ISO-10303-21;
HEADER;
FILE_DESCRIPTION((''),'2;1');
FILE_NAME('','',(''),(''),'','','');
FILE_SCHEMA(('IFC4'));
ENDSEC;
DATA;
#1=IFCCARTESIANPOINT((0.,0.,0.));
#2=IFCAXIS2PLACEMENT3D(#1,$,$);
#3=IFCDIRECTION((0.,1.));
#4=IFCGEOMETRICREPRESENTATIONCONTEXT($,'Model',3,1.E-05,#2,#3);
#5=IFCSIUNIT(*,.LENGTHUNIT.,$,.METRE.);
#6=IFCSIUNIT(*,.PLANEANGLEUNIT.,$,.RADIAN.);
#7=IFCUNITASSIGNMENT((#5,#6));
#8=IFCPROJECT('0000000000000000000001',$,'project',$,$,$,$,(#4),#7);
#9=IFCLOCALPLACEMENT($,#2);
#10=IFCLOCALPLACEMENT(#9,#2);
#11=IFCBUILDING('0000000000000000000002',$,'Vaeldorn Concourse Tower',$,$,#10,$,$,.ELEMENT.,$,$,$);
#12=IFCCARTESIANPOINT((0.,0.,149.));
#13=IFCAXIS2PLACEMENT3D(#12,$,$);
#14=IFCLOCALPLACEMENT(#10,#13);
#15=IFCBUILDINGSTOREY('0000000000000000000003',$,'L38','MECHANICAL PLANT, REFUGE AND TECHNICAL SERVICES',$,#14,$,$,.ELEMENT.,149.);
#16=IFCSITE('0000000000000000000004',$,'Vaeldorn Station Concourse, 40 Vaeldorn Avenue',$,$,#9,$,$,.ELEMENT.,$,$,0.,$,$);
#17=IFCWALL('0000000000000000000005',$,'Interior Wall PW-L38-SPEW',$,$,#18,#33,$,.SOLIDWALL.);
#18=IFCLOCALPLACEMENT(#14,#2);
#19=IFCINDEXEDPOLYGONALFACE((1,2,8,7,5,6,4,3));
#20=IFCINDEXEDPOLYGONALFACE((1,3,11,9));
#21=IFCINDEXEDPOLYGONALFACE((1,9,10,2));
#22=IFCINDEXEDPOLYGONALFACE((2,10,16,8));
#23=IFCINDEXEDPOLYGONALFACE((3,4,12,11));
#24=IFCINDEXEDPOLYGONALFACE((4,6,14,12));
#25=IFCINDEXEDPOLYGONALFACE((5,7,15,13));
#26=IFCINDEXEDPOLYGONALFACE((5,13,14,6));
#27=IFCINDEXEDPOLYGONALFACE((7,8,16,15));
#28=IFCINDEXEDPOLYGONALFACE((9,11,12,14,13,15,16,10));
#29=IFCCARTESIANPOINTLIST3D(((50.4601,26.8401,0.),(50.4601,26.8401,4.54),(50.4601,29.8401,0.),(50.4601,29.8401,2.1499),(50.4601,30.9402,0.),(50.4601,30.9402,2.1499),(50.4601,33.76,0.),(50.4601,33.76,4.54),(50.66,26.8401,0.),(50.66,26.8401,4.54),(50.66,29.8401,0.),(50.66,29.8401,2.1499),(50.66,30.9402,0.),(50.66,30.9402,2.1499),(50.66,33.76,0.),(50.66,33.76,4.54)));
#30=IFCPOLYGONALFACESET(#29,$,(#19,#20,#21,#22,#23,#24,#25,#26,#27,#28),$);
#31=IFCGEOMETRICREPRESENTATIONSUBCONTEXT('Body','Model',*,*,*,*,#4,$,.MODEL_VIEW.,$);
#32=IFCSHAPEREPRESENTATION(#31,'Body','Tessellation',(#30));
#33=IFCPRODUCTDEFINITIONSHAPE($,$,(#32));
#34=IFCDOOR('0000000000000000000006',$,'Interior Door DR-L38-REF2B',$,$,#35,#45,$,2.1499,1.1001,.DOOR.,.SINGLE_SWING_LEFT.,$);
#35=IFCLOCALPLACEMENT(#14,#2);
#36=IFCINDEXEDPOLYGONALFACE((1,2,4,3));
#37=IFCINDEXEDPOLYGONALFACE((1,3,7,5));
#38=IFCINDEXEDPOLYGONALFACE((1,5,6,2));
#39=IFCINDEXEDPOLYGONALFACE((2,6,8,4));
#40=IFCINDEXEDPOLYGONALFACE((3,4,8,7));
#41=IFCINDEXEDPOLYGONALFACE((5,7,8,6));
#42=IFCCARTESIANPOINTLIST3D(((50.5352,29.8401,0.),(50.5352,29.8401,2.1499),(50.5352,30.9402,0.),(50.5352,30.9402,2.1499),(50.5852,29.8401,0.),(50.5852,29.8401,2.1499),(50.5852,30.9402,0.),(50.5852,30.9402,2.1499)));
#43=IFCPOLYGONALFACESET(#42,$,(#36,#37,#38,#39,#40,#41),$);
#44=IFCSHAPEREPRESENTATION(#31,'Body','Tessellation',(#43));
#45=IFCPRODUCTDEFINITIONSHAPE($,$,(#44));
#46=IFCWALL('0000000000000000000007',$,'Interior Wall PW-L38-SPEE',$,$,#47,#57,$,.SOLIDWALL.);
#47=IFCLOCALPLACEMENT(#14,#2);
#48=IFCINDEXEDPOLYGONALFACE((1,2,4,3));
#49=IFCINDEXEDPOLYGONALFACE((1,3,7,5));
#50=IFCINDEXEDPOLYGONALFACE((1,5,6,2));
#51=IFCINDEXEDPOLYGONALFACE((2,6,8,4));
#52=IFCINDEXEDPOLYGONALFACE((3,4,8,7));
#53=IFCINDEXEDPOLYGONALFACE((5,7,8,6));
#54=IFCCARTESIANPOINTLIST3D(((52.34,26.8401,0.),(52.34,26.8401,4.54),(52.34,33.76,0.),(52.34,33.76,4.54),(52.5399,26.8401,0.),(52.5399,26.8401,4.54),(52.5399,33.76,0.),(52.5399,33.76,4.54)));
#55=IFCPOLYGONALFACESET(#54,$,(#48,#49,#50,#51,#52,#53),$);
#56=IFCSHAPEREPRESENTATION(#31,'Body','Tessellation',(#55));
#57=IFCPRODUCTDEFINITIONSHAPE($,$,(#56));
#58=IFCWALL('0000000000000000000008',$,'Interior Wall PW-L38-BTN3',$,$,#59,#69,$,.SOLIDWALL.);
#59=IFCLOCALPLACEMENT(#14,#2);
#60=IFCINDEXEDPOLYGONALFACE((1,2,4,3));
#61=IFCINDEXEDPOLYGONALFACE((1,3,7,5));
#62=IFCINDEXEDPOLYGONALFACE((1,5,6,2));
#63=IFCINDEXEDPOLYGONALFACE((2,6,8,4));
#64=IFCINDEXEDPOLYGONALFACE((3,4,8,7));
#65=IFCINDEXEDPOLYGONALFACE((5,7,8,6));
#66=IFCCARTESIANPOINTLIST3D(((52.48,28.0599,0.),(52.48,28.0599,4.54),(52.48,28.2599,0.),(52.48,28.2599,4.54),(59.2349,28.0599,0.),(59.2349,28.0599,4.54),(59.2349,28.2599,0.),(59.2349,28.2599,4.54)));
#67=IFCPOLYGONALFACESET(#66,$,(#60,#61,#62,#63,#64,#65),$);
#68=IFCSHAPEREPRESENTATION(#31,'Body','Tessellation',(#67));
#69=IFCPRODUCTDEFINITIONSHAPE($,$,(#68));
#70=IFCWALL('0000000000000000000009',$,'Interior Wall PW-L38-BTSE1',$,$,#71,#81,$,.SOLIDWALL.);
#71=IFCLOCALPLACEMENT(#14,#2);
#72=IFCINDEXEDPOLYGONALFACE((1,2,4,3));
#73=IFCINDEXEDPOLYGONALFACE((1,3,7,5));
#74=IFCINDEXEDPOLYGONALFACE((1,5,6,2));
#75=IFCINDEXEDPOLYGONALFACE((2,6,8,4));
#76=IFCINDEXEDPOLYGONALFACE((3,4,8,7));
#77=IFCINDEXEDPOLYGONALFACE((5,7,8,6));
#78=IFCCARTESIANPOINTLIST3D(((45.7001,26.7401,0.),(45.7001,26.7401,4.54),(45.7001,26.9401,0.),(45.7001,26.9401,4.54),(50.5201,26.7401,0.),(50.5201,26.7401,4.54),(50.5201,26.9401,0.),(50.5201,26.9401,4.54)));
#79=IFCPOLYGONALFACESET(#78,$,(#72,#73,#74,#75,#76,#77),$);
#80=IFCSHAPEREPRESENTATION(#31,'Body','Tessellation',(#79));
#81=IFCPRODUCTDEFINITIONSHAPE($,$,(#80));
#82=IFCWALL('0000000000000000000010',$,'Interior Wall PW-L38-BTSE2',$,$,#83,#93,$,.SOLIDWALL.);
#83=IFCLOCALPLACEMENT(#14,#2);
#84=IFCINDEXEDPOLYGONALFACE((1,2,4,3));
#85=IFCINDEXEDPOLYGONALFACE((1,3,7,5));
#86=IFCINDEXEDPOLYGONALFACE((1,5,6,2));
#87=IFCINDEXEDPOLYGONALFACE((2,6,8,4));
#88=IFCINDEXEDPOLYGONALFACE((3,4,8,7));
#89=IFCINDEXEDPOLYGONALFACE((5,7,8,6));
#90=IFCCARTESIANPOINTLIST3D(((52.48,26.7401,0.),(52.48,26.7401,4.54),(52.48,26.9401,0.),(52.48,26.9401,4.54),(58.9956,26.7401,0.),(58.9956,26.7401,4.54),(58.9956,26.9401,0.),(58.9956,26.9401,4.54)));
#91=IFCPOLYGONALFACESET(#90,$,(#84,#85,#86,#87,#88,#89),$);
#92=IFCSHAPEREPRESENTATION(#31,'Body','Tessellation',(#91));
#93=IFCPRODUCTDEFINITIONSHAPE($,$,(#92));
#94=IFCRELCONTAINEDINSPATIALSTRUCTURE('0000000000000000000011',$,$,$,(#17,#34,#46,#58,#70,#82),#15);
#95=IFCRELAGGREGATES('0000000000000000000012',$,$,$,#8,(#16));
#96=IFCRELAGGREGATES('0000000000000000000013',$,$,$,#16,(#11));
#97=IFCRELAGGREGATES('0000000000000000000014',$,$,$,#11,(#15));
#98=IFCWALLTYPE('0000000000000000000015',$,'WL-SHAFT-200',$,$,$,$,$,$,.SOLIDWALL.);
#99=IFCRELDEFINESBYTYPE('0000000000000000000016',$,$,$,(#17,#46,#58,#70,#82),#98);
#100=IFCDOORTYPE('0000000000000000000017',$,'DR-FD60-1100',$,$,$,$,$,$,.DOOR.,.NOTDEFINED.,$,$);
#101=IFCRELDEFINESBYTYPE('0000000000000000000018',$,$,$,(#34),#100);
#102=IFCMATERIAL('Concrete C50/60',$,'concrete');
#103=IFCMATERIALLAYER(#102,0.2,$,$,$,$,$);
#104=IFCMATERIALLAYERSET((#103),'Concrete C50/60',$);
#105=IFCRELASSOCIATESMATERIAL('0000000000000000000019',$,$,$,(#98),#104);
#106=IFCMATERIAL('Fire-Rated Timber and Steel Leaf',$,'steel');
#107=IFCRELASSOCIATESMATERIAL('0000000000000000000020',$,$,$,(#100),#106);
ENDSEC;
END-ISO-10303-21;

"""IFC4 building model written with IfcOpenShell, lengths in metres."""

from ifc_helpers import new_model, si_unit, direction, frame, frame_2d, origin, place, context, subcontext, project, spatial, rectangle, extrude, source, transform, mapped, material, layer, layer_set, type_object, element, fill, save


model = new_model("IFC4")

# Units and contexts
model_context = context("Model", 3, precision=1e-05, world=origin(), true_north=direction((0.0, 1.0)))
body_context = subcontext(model_context, "Body", "Model", "MODEL_VIEW")
ifc_project = project(units=[si_unit("LENGTHUNIT", "METRE"), si_unit("PLANEANGLEUNIT", "RADIAN")], contexts=[model_context])

# Site, building, storey
site_placement = place(None, origin())
site = spatial("IfcSite", under=ifc_project, at=site_placement, Name="Vaeldorn Station Concourse, 40 Vaeldorn Avenue", CompositionType="ELEMENT", RefElevation=0.0)
building_placement = place(site_placement, origin())
building = spatial("IfcBuilding", under=site, at=building_placement, Name="Vaeldorn Concourse Tower", CompositionType="ELEMENT")
storey_placement = place(building_placement, frame((0.0, 0.0, 149.0)))
storey = spatial("IfcBuildingStorey", under=building, at=storey_placement, Name="L38", Description="MECHANICAL PLANT, REFUGE AND TECHNICAL SERVICES", CompositionType="ELEMENT", Elevation=149.0)

# Wall, opening, door
ifc_material_1 = material(Name="Concrete C50/60", Category="concrete")
ifc_layer_1 = layer(ifc_material_1, 0.2)
ifc_layer_set_1 = layer_set([ifc_layer_1], Name="Concrete C50/60")
wall_type = type_object("IfcWallType", Name="WL-SHAFT-200", PredefinedType="SOLIDWALL", material=ifc_layer_set_1)
wall_1_placement = place(storey_placement, frame((50.5601, 26.8401, 0.0), z_axis=(0.0, 0.0, 1.0), x_axis=(0.0, 1.0, 0.0)))
wall_1 = element("IfcWall", 1, at=wall_1_placement, inside=storey, type_object=wall_type, Name="Interior Wall PW-L38-SPEW", PredefinedType="SOLIDWALL", context=body_context, shape_type="SweptSolid", body=[
    extrude(rectangle(XDim=6.9199, YDim=0.2, at=frame_2d((3.46, 0.0))), origin(), (0.0, 0.0, 1.0), 4.54),
])
opening_1_placement = place(wall_1_placement, frame((3.0, 0.0, 0.0)))
opening_1 = element("IfcOpeningElement", 2, at=opening_1_placement, cuts=wall_1, PredefinedType="OPENING", context=body_context, shape_type="SweptSolid", body=[
    extrude(rectangle(XDim=1.1001, YDim=2.1499, at=frame_2d((0.55, 1.075))), frame((0.0, 0.1099, 0.0), z_axis=(0.0, -1.0, 0.0), x_axis=(1.0, 0.0, 0.0)), (0.0, 0.0, 1.0), 0.22),
])
ifc_material_2 = material(Name="Fire-Rated Timber and Steel Leaf", Category="steel")
door_type = type_object("IfcDoorType", Name="DR-FD60-1100", OperationType="NOTDEFINED", PredefinedType="DOOR", material=ifc_material_2)
shared_shape_1 = source(origin(), body_context, "Body", "SweptSolid", [
    extrude(rectangle(XDim=1.1001, YDim=2.1499, at=frame_2d((0.55, 1.075))), frame((0.0, 0.0249, 0.0), z_axis=(0.0, -1.0, 0.0), x_axis=(1.0, 0.0, 0.0)), (0.0, 0.0, 1.0), 0.05),
])
door_1_placement = place(opening_1_placement, origin())
door_1 = element("IfcDoor", 3, at=door_1_placement, inside=storey, type_object=door_type, Name="Interior Door DR-L38-REF2B", OperationType="SINGLE_SWING_LEFT", OverallHeight=2.1499, OverallWidth=1.1001, PredefinedType="DOOR", context=body_context, shape_type="MappedRepresentation", body=[
    mapped(shared_shape_1, transform((0.0, 0.0, 0.0), scale=1.0)),
])
fill(opening_1, door_1)

# Wall
wall_2_placement = place(storey_placement, frame((52.4399, 26.8401, 0.0), z_axis=(0.0, 0.0, 1.0), x_axis=(0.0, 1.0, 0.0)))
element("IfcWall", 4, at=wall_2_placement, inside=storey, type_object=wall_type, Name="Interior Wall PW-L38-SPEE", PredefinedType="SOLIDWALL", context=body_context, shape_type="SweptSolid", body=[
    extrude(rectangle(XDim=6.9199, YDim=0.2, at=frame_2d((3.46, 0.0))), origin(), (0.0, 0.0, 1.0), 4.54),
])

# Walls
wall_3_placement = place(storey_placement, frame((52.48, 28.1599, 0.0), z_axis=(0.0, 0.0, 1.0), x_axis=(1.0, 0.0, 0.0)))
element("IfcWall", 5, at=wall_3_placement, inside=storey, type_object=wall_type, Name="Interior Wall PW-L38-BTN3", PredefinedType="SOLIDWALL", context=body_context, shape_type="SweptSolid", body=[
    extrude(rectangle(XDim=6.7549, YDim=0.2, at=frame_2d((3.3774, 0.0))), origin(), (0.0, 0.0, 1.0), 4.54),
])
wall_4_placement = place(storey_placement, frame((45.7, 26.8401, 0.0), z_axis=(0.0, 0.0, 1.0), x_axis=(1.0, 0.0, 0.0)))
element("IfcWall", 6, at=wall_4_placement, inside=storey, type_object=wall_type, Name="Interior Wall PW-L38-BTSE1", PredefinedType="SOLIDWALL", context=body_context, shape_type="SweptSolid", body=[
    extrude(rectangle(XDim=4.8201, YDim=0.2, at=frame_2d((2.4102, 0.0))), origin(), (0.0, 0.0, 1.0), 4.54),
])
wall_5_placement = place(storey_placement, frame((52.48, 26.8401, 0.0), z_axis=(0.0, 0.0, 1.0), x_axis=(1.0, 0.0, 0.0)))
element("IfcWall", 7, at=wall_5_placement, inside=storey, type_object=wall_type, Name="Interior Wall PW-L38-BTSE2", PredefinedType="SOLIDWALL", context=body_context, shape_type="SweptSolid", body=[
    extrude(rectangle(XDim=6.5156, YDim=0.2, at=frame_2d((3.2578, 0.0))), origin(), (0.0, 0.0, 1.0), 4.54),
])

save(model, "model.ifc")
